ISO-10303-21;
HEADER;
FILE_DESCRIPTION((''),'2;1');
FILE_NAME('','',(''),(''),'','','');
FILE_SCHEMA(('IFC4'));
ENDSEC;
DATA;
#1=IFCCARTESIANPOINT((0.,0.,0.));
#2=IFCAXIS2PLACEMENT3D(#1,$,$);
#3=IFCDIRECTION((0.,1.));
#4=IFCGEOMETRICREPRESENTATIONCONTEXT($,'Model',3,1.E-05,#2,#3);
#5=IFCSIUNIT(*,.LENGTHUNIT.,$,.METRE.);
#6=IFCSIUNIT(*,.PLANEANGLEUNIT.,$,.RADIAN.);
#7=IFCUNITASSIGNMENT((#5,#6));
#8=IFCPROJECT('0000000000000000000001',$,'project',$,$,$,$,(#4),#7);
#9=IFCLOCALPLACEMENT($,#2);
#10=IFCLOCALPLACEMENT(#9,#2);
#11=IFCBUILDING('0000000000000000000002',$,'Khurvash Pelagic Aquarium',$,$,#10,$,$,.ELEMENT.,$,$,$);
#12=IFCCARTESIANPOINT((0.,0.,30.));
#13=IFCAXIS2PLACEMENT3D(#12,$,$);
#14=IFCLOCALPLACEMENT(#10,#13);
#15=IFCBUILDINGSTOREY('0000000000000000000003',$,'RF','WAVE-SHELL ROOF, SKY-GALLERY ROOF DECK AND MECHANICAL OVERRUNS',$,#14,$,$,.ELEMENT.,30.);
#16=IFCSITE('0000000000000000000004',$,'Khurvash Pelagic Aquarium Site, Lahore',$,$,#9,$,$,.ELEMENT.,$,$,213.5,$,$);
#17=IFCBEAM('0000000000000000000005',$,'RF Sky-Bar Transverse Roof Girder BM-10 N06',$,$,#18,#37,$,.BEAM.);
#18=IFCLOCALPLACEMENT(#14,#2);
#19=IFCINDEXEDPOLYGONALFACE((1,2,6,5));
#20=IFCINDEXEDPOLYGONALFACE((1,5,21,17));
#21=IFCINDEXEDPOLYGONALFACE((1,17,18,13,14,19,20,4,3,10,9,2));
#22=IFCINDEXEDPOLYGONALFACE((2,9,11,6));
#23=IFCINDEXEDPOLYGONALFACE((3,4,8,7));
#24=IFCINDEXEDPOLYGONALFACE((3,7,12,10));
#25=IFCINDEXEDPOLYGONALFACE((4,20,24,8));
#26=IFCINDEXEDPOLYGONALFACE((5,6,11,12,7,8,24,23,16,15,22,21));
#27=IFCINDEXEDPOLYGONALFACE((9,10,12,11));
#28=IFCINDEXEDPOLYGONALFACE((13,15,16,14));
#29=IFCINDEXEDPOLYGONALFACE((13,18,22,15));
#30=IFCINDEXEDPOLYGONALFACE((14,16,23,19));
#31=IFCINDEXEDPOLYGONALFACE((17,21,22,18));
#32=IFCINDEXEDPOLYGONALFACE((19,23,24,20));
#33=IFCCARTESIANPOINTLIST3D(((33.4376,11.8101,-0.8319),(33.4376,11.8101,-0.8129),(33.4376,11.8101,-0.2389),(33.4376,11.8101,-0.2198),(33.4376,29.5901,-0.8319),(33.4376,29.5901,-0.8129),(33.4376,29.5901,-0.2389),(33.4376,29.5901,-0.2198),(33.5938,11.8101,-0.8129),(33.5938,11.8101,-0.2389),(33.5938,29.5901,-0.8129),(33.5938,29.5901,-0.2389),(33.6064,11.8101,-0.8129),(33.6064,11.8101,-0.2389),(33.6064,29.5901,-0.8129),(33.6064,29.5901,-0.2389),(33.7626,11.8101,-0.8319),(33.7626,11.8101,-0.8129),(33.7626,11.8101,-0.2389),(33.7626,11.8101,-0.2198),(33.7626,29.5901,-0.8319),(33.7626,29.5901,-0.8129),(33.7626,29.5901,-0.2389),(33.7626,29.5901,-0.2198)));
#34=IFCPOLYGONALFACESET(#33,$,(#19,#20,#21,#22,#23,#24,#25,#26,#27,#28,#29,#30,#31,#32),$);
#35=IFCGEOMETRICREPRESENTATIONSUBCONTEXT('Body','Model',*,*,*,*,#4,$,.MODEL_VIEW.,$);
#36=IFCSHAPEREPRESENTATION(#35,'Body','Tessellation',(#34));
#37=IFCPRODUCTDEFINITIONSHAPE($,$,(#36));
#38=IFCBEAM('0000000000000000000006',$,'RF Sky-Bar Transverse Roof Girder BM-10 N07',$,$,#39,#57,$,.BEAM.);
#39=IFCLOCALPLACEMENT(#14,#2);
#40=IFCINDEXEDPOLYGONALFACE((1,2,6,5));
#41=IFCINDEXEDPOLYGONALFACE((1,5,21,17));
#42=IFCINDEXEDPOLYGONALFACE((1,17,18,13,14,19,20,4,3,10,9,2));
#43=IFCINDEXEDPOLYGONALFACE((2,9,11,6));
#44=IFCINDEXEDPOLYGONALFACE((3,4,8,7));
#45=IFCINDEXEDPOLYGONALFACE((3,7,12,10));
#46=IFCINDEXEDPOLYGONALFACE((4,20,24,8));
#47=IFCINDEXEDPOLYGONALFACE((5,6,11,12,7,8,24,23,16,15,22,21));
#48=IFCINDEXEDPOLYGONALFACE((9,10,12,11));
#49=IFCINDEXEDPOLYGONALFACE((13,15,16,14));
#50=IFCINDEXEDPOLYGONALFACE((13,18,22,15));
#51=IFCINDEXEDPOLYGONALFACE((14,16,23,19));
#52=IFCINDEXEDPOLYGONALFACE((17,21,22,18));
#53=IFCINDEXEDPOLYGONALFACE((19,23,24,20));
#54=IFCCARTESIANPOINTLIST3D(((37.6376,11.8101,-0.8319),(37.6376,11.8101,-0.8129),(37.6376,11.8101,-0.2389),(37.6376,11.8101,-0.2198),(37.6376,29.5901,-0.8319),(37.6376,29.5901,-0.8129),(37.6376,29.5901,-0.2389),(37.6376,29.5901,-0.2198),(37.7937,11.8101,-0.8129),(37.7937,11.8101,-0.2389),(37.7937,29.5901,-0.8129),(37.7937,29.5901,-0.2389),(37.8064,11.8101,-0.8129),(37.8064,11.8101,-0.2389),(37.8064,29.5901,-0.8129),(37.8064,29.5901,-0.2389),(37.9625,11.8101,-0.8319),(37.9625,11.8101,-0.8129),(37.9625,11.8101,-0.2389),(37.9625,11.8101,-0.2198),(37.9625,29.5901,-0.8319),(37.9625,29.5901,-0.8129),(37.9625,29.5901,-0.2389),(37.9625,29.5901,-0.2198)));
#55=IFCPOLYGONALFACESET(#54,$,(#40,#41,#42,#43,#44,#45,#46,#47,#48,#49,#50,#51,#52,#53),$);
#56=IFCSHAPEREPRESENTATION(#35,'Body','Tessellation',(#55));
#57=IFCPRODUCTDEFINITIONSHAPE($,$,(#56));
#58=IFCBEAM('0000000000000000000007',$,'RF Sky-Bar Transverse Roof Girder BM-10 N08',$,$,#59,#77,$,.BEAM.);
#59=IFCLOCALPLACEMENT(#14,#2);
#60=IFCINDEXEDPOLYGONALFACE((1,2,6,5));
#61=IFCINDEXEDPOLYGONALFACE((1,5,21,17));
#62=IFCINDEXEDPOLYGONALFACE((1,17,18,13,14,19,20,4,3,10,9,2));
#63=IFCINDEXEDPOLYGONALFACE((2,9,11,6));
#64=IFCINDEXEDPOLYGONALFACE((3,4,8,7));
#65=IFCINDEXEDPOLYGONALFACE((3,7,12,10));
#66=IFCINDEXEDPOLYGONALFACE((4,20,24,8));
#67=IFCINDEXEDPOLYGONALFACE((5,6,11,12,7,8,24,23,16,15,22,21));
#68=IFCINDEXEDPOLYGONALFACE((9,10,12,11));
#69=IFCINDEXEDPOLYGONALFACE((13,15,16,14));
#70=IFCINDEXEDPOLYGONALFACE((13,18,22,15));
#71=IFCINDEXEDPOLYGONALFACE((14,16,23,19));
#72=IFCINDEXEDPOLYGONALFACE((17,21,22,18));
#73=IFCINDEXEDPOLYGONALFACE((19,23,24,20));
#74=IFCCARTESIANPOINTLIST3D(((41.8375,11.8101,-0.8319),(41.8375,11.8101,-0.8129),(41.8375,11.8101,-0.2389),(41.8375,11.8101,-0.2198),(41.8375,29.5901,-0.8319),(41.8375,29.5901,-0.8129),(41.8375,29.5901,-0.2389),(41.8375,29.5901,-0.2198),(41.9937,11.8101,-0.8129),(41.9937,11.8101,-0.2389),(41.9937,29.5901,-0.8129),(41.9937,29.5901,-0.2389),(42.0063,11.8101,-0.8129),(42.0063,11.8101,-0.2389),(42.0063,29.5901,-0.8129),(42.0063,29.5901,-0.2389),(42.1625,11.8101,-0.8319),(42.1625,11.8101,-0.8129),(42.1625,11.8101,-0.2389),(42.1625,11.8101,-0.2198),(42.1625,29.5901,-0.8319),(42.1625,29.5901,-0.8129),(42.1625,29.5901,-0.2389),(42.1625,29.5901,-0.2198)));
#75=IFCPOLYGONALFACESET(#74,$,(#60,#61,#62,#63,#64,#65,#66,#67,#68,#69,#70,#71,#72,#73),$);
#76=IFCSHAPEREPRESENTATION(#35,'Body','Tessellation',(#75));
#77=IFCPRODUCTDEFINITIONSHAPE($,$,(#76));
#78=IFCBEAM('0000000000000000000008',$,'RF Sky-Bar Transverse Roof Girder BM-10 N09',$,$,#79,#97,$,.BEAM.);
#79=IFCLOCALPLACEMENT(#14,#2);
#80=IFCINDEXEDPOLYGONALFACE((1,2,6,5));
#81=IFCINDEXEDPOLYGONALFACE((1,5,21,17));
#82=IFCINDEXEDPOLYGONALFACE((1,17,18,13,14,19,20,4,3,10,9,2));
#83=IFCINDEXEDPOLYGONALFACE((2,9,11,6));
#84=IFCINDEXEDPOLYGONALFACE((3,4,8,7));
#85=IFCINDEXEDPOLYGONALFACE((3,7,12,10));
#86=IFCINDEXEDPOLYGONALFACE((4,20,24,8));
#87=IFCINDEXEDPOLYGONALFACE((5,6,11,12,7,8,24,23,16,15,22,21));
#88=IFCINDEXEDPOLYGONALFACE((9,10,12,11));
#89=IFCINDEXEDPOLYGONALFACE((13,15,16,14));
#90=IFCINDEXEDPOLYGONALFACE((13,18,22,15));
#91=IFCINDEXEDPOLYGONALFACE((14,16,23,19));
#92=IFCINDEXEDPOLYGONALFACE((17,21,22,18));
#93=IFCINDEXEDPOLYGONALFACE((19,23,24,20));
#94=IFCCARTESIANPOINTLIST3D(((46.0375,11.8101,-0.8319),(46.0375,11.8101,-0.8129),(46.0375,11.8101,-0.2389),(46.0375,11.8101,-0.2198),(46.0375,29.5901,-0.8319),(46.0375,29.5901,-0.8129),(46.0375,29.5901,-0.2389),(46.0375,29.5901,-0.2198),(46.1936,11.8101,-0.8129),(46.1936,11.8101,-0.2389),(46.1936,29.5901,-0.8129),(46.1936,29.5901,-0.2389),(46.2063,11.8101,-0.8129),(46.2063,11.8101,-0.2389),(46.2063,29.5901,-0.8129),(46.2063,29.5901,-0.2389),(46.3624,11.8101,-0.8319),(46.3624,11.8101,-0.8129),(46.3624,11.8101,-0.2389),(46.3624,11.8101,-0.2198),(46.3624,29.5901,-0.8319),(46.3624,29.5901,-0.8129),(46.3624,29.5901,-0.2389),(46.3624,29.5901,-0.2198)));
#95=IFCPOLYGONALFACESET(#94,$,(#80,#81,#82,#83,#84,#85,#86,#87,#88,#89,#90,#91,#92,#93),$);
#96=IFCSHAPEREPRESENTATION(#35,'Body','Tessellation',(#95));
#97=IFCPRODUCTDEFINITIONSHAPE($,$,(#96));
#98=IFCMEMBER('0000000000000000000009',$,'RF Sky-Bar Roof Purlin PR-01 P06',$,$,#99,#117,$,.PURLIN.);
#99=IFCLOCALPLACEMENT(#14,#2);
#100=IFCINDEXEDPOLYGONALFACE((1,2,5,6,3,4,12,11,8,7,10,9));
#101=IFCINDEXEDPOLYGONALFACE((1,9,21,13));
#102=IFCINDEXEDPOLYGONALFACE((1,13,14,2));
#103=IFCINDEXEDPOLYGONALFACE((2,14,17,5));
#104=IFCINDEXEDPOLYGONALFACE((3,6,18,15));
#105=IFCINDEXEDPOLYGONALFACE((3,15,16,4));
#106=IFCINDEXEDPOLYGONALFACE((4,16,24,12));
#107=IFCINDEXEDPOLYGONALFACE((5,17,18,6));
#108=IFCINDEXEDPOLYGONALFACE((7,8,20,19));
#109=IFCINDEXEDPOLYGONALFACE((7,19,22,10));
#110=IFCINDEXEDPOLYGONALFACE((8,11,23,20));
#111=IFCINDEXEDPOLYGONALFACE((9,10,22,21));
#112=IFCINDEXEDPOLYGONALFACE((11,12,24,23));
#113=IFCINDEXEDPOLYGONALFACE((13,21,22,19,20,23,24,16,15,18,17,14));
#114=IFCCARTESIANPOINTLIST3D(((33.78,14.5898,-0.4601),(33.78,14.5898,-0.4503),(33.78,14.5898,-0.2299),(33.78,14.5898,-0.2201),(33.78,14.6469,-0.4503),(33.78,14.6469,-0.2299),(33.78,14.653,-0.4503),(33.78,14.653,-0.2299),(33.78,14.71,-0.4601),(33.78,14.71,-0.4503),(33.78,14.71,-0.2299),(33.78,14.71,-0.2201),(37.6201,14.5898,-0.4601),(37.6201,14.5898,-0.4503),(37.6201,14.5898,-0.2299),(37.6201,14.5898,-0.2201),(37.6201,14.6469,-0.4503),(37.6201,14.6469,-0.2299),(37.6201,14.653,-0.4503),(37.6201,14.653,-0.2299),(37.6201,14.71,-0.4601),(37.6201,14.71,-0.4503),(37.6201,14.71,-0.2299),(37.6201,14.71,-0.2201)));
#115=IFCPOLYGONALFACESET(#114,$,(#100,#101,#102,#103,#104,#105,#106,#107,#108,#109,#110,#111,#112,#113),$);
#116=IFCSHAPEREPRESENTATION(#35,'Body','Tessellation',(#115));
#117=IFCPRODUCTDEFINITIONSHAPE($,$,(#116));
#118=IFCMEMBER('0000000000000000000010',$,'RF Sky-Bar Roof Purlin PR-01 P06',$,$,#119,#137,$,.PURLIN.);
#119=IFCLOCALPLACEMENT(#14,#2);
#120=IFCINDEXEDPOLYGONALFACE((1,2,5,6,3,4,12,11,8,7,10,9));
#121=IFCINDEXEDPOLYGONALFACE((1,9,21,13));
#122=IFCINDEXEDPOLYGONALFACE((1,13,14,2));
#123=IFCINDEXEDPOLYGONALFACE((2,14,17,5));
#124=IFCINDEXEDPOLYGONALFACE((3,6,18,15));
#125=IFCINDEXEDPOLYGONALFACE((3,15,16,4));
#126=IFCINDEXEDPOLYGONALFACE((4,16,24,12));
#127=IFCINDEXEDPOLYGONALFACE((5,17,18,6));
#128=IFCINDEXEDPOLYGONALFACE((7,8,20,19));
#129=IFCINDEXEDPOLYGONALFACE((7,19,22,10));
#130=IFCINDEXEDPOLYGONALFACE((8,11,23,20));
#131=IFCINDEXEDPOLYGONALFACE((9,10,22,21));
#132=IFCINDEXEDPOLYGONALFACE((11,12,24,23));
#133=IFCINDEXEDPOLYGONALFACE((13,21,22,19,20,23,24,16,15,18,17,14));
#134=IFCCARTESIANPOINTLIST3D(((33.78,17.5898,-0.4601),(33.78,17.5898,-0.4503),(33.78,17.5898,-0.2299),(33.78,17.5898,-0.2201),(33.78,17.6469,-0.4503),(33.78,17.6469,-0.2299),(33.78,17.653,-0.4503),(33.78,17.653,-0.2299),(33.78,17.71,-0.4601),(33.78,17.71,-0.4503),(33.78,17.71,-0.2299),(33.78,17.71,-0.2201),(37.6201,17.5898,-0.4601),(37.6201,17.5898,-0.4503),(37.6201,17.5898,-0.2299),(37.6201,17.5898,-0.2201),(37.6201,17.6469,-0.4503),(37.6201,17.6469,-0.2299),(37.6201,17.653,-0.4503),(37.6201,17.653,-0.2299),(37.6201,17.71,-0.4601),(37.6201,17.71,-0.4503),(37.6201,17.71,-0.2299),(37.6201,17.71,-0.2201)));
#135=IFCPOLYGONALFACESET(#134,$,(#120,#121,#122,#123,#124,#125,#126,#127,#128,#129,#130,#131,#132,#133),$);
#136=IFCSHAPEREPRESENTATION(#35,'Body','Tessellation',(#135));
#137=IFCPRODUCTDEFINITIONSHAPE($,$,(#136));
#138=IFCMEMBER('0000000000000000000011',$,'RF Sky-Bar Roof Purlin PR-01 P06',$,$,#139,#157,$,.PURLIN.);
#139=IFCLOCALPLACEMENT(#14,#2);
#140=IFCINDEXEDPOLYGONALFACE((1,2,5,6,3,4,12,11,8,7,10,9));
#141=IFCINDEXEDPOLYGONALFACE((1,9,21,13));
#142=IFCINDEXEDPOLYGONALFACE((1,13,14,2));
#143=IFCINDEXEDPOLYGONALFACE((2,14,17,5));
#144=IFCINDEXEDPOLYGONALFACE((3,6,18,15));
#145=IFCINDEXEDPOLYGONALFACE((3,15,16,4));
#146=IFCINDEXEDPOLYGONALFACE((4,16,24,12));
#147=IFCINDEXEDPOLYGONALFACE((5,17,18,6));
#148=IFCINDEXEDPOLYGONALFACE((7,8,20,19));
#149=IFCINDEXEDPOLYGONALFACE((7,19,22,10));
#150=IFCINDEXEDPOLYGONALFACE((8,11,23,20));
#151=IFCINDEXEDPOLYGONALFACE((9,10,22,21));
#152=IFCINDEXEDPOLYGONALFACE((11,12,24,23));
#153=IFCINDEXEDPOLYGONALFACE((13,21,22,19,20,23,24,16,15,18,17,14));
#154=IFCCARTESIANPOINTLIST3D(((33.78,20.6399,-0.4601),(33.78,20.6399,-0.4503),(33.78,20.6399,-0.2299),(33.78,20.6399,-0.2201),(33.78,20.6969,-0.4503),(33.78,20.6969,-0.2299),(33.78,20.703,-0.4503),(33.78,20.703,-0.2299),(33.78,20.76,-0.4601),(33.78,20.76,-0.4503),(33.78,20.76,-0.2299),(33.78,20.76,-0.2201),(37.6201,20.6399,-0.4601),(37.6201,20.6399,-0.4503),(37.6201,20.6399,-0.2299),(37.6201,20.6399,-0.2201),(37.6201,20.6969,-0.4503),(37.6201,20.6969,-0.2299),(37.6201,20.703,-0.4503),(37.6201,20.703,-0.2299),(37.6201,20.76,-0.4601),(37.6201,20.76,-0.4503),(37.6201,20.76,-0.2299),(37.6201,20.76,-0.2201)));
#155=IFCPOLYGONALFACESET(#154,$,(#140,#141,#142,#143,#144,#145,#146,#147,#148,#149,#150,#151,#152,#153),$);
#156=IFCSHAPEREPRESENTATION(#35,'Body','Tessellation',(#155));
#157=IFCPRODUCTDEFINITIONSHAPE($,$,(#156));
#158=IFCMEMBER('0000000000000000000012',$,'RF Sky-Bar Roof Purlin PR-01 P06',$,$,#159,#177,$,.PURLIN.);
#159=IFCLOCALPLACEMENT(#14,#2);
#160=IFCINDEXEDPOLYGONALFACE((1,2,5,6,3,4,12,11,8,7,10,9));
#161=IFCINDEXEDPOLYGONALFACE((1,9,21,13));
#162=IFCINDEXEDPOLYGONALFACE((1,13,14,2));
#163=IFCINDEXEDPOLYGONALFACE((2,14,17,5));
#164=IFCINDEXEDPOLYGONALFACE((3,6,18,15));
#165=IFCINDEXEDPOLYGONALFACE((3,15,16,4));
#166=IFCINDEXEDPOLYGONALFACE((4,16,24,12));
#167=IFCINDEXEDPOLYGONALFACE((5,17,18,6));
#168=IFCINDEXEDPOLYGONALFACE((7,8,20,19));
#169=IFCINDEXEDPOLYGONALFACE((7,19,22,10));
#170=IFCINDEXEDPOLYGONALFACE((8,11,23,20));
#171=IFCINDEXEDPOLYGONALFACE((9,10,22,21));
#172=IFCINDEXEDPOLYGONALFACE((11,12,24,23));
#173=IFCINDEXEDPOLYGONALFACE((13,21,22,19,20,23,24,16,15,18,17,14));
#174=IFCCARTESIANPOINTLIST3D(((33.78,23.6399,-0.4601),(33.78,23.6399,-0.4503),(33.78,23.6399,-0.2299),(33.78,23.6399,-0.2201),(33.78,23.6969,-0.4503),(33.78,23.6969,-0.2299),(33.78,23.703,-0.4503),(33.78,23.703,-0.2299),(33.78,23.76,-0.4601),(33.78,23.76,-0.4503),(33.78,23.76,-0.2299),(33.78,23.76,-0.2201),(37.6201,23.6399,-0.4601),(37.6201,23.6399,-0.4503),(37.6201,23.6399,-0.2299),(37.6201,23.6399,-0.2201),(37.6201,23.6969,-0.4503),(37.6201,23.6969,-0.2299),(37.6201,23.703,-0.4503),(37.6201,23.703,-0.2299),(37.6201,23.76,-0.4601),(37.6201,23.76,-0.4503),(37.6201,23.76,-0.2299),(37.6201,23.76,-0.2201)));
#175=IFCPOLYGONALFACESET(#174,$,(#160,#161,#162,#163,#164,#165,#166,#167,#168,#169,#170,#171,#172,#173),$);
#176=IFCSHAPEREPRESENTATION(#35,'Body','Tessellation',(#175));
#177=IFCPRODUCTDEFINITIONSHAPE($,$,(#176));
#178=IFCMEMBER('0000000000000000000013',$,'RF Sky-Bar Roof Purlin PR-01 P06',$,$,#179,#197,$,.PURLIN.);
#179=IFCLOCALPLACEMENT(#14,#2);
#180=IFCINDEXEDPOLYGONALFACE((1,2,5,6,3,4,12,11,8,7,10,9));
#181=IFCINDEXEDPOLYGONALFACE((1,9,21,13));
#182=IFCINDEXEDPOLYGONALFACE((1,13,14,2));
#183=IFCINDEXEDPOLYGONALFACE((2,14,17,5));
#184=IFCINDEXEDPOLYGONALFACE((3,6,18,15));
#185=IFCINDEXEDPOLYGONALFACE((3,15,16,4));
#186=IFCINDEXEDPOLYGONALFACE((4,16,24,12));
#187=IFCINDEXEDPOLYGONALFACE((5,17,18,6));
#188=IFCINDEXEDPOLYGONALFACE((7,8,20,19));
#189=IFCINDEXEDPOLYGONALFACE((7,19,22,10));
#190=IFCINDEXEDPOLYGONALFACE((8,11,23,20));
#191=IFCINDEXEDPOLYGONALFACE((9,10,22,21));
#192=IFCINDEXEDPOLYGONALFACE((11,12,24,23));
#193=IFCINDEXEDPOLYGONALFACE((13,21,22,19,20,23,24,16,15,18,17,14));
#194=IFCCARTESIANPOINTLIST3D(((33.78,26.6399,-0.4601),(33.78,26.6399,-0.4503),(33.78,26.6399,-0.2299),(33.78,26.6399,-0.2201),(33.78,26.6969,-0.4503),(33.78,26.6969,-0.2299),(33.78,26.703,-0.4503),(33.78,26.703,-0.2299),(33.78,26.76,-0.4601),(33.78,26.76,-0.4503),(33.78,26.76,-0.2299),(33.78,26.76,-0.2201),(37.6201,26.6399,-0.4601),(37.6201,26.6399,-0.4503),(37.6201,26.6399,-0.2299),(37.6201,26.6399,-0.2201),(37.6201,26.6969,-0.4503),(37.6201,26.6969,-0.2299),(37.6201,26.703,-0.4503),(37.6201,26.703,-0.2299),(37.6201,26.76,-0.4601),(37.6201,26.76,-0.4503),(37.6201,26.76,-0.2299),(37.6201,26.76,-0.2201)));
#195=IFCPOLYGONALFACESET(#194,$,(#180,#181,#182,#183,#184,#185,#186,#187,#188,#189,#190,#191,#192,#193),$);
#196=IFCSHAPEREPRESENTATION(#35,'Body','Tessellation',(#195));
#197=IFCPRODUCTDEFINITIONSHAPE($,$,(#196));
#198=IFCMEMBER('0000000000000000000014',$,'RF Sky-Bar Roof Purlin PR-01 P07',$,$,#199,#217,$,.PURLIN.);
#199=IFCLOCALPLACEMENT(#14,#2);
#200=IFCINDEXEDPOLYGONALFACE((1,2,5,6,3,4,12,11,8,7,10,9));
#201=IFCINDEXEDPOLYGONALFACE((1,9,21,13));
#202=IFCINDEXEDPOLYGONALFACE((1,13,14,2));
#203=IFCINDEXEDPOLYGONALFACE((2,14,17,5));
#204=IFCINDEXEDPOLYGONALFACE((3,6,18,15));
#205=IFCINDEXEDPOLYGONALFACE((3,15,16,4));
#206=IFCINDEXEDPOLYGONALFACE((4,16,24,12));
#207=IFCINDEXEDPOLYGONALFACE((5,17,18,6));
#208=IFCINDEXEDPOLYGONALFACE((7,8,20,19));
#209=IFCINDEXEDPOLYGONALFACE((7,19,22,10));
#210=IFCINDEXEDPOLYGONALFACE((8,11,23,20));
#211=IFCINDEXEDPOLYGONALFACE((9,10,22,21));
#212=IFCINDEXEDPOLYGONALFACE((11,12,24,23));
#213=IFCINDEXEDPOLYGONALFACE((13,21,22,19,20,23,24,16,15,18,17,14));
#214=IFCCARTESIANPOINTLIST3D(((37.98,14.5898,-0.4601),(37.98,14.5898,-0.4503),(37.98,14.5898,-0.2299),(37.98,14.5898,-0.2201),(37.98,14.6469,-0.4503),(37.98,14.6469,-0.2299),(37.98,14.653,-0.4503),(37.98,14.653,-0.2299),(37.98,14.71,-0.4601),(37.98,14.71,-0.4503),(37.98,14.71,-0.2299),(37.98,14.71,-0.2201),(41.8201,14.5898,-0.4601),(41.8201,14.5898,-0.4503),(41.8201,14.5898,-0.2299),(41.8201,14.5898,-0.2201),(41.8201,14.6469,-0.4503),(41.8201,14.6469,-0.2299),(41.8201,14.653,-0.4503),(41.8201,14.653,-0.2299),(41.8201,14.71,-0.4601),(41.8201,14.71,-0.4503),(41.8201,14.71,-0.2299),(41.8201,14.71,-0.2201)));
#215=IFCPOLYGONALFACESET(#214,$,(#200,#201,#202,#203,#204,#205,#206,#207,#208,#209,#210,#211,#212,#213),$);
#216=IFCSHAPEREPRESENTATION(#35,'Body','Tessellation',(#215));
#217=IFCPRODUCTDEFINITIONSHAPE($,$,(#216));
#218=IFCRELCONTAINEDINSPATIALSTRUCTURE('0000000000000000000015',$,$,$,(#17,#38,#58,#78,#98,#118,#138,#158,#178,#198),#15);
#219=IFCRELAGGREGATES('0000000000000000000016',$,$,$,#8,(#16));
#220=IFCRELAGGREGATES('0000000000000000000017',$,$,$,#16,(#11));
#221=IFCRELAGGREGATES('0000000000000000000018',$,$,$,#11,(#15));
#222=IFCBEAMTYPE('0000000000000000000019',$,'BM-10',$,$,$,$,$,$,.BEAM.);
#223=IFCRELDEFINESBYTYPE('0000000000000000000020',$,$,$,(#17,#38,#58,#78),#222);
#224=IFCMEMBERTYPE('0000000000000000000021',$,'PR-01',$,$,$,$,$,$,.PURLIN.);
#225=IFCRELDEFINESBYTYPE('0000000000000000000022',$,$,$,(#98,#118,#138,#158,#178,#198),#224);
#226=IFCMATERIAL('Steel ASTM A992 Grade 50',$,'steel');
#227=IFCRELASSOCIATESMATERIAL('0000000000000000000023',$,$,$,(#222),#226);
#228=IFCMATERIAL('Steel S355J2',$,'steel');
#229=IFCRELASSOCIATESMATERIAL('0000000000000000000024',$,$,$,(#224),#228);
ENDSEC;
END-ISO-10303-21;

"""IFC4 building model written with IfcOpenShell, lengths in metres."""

from ifc_helpers import new_model, si_unit, direction, frame, origin, origin_2d, place, context, subcontext, project, spatial, i_section, extrude, material, material_profile, profile_set, type_object, element, save


model = new_model("IFC4")

# Units and contexts
model_context = context("Model", 3, precision=1e-05, world=origin(), true_north=direction((0.0, 1.0)))
body_context = subcontext(model_context, "Body", "Model", "MODEL_VIEW")
ifc_project = project(units=[si_unit("LENGTHUNIT", "METRE"), si_unit("PLANEANGLEUNIT", "RADIAN")], contexts=[model_context])

# Site, building, storey
site_placement = place(None, origin())
site = spatial("IfcSite", under=ifc_project, at=site_placement, Name="Khurvash Pelagic Aquarium Site, Lahore", CompositionType="ELEMENT", RefElevation=213.5)
building_placement = place(site_placement, origin())
building = spatial("IfcBuilding", under=site, at=building_placement, Name="Khurvash Pelagic Aquarium", CompositionType="ELEMENT")
storey_placement = place(building_placement, frame((0.0, 0.0, 30.0)))
storey = spatial("IfcBuildingStorey", under=building, at=storey_placement, Name="RF", Description="WAVE-SHELL ROOF, SKY-GALLERY ROOF DECK AND MECHANICAL OVERRUNS", CompositionType="ELEMENT", Elevation=30.0)

# Beams
ifc_material_1 = material(Name="Steel ASTM A992 Grade 50", Category="steel")
ifc_material_profile_1 = material_profile(ifc_material_1, i_section(OverallWidth=0.325, OverallDepth=0.6121, WebThickness=0.0127, FlangeThickness=0.019, at=origin_2d()), Name="W24X104")
ifc_profile_set_1 = profile_set([ifc_material_profile_1], Name="Steel ASTM A992 Grade 50")
beam_type = type_object("IfcBeamType", Name="BM-10", PredefinedType="BEAM", material=ifc_profile_set_1)
for number, where, z_axis, x_axis, name in (
    (1, (33.6001, 11.8101, -0.5259), (0.0, 1.0, 0.0), (-1.0, 0.0, 0.0), "RF Sky-Bar Transverse Roof Girder BM-10 N06"),
    (2, (37.8, 11.8101, -0.5259), (0.0, 1.0, 0.0), (-1.0, 0.0, 0.0), "RF Sky-Bar Transverse Roof Girder BM-10 N07"),
    (3, (42.0, 11.8101, -0.5259), (0.0, 1.0, 0.0), (-1.0, 0.0, 0.0), "RF Sky-Bar Transverse Roof Girder BM-10 N08"),
    (4, (46.2, 11.8101, -0.5259), (0.0, 1.0, 0.0), (-1.0, 0.0, 0.0), "RF Sky-Bar Transverse Roof Girder BM-10 N09"),
):
    element("IfcBeam", number, at=place(storey_placement, frame(where, z_axis=z_axis, x_axis=x_axis)), inside=storey, type_object=beam_type, Name=name, PredefinedType="BEAM", context=body_context, shape_type="SweptSolid", body=[
        extrude(i_section(OverallWidth=0.325, OverallDepth=0.6121, WebThickness=0.0127, FlangeThickness=0.019, at=origin_2d()), origin(), (0.0, 0.0, 1.0), 17.78),
    ])

# Members
ifc_material_2 = material(Name="Steel S355J2", Category="steel")
ifc_material_profile_2 = material_profile(ifc_material_2, i_section(OverallWidth=0.1201, OverallDepth=0.24, WebThickness=0.0061, FlangeThickness=0.0098, at=origin_2d()), Name="IPE240")
ifc_profile_set_2 = profile_set([ifc_material_profile_2], Name="Steel S355J2")
member_type = type_object("IfcMemberType", Name="PR-01", PredefinedType="PURLIN", material=ifc_profile_set_2)
for number, where, z_axis, x_axis, name in (
    (5, (33.78, 14.6499, -0.3401), (1.0, 0.0, 0.0), (0.0, 1.0, 0.0), "RF Sky-Bar Roof Purlin PR-01 P06"),
    (6, (33.78, 17.6499, -0.3401), (1.0, 0.0, 0.0), (0.0, 1.0, 0.0), "RF Sky-Bar Roof Purlin PR-01 P06"),
    (7, (33.78, 20.7, -0.3401), (1.0, 0.0, 0.0), (0.0, 1.0, 0.0), "RF Sky-Bar Roof Purlin PR-01 P06"),
    (8, (33.78, 23.7, -0.3401), (1.0, 0.0, 0.0), (0.0, 1.0, 0.0), "RF Sky-Bar Roof Purlin PR-01 P06"),
    (9, (33.78, 26.7, -0.3401), (1.0, 0.0, 0.0), (0.0, 1.0, 0.0), "RF Sky-Bar Roof Purlin PR-01 P06"),
    (10, (37.98, 14.6499, -0.3401), (1.0, 0.0, 0.0), (0.0, 1.0, 0.0), "RF Sky-Bar Roof Purlin PR-01 P07"),
):
    element("IfcMember", number, at=place(storey_placement, frame(where, z_axis=z_axis, x_axis=x_axis)), inside=storey, type_object=member_type, Name=name, PredefinedType="PURLIN", context=body_context, shape_type="SweptSolid", body=[
        extrude(i_section(OverallWidth=0.1201, OverallDepth=0.24, WebThickness=0.0061, FlangeThickness=0.0098, at=origin_2d()), origin(), (0.0, 0.0, 1.0), 3.8401),
    ])

save(model, "model.ifc")
